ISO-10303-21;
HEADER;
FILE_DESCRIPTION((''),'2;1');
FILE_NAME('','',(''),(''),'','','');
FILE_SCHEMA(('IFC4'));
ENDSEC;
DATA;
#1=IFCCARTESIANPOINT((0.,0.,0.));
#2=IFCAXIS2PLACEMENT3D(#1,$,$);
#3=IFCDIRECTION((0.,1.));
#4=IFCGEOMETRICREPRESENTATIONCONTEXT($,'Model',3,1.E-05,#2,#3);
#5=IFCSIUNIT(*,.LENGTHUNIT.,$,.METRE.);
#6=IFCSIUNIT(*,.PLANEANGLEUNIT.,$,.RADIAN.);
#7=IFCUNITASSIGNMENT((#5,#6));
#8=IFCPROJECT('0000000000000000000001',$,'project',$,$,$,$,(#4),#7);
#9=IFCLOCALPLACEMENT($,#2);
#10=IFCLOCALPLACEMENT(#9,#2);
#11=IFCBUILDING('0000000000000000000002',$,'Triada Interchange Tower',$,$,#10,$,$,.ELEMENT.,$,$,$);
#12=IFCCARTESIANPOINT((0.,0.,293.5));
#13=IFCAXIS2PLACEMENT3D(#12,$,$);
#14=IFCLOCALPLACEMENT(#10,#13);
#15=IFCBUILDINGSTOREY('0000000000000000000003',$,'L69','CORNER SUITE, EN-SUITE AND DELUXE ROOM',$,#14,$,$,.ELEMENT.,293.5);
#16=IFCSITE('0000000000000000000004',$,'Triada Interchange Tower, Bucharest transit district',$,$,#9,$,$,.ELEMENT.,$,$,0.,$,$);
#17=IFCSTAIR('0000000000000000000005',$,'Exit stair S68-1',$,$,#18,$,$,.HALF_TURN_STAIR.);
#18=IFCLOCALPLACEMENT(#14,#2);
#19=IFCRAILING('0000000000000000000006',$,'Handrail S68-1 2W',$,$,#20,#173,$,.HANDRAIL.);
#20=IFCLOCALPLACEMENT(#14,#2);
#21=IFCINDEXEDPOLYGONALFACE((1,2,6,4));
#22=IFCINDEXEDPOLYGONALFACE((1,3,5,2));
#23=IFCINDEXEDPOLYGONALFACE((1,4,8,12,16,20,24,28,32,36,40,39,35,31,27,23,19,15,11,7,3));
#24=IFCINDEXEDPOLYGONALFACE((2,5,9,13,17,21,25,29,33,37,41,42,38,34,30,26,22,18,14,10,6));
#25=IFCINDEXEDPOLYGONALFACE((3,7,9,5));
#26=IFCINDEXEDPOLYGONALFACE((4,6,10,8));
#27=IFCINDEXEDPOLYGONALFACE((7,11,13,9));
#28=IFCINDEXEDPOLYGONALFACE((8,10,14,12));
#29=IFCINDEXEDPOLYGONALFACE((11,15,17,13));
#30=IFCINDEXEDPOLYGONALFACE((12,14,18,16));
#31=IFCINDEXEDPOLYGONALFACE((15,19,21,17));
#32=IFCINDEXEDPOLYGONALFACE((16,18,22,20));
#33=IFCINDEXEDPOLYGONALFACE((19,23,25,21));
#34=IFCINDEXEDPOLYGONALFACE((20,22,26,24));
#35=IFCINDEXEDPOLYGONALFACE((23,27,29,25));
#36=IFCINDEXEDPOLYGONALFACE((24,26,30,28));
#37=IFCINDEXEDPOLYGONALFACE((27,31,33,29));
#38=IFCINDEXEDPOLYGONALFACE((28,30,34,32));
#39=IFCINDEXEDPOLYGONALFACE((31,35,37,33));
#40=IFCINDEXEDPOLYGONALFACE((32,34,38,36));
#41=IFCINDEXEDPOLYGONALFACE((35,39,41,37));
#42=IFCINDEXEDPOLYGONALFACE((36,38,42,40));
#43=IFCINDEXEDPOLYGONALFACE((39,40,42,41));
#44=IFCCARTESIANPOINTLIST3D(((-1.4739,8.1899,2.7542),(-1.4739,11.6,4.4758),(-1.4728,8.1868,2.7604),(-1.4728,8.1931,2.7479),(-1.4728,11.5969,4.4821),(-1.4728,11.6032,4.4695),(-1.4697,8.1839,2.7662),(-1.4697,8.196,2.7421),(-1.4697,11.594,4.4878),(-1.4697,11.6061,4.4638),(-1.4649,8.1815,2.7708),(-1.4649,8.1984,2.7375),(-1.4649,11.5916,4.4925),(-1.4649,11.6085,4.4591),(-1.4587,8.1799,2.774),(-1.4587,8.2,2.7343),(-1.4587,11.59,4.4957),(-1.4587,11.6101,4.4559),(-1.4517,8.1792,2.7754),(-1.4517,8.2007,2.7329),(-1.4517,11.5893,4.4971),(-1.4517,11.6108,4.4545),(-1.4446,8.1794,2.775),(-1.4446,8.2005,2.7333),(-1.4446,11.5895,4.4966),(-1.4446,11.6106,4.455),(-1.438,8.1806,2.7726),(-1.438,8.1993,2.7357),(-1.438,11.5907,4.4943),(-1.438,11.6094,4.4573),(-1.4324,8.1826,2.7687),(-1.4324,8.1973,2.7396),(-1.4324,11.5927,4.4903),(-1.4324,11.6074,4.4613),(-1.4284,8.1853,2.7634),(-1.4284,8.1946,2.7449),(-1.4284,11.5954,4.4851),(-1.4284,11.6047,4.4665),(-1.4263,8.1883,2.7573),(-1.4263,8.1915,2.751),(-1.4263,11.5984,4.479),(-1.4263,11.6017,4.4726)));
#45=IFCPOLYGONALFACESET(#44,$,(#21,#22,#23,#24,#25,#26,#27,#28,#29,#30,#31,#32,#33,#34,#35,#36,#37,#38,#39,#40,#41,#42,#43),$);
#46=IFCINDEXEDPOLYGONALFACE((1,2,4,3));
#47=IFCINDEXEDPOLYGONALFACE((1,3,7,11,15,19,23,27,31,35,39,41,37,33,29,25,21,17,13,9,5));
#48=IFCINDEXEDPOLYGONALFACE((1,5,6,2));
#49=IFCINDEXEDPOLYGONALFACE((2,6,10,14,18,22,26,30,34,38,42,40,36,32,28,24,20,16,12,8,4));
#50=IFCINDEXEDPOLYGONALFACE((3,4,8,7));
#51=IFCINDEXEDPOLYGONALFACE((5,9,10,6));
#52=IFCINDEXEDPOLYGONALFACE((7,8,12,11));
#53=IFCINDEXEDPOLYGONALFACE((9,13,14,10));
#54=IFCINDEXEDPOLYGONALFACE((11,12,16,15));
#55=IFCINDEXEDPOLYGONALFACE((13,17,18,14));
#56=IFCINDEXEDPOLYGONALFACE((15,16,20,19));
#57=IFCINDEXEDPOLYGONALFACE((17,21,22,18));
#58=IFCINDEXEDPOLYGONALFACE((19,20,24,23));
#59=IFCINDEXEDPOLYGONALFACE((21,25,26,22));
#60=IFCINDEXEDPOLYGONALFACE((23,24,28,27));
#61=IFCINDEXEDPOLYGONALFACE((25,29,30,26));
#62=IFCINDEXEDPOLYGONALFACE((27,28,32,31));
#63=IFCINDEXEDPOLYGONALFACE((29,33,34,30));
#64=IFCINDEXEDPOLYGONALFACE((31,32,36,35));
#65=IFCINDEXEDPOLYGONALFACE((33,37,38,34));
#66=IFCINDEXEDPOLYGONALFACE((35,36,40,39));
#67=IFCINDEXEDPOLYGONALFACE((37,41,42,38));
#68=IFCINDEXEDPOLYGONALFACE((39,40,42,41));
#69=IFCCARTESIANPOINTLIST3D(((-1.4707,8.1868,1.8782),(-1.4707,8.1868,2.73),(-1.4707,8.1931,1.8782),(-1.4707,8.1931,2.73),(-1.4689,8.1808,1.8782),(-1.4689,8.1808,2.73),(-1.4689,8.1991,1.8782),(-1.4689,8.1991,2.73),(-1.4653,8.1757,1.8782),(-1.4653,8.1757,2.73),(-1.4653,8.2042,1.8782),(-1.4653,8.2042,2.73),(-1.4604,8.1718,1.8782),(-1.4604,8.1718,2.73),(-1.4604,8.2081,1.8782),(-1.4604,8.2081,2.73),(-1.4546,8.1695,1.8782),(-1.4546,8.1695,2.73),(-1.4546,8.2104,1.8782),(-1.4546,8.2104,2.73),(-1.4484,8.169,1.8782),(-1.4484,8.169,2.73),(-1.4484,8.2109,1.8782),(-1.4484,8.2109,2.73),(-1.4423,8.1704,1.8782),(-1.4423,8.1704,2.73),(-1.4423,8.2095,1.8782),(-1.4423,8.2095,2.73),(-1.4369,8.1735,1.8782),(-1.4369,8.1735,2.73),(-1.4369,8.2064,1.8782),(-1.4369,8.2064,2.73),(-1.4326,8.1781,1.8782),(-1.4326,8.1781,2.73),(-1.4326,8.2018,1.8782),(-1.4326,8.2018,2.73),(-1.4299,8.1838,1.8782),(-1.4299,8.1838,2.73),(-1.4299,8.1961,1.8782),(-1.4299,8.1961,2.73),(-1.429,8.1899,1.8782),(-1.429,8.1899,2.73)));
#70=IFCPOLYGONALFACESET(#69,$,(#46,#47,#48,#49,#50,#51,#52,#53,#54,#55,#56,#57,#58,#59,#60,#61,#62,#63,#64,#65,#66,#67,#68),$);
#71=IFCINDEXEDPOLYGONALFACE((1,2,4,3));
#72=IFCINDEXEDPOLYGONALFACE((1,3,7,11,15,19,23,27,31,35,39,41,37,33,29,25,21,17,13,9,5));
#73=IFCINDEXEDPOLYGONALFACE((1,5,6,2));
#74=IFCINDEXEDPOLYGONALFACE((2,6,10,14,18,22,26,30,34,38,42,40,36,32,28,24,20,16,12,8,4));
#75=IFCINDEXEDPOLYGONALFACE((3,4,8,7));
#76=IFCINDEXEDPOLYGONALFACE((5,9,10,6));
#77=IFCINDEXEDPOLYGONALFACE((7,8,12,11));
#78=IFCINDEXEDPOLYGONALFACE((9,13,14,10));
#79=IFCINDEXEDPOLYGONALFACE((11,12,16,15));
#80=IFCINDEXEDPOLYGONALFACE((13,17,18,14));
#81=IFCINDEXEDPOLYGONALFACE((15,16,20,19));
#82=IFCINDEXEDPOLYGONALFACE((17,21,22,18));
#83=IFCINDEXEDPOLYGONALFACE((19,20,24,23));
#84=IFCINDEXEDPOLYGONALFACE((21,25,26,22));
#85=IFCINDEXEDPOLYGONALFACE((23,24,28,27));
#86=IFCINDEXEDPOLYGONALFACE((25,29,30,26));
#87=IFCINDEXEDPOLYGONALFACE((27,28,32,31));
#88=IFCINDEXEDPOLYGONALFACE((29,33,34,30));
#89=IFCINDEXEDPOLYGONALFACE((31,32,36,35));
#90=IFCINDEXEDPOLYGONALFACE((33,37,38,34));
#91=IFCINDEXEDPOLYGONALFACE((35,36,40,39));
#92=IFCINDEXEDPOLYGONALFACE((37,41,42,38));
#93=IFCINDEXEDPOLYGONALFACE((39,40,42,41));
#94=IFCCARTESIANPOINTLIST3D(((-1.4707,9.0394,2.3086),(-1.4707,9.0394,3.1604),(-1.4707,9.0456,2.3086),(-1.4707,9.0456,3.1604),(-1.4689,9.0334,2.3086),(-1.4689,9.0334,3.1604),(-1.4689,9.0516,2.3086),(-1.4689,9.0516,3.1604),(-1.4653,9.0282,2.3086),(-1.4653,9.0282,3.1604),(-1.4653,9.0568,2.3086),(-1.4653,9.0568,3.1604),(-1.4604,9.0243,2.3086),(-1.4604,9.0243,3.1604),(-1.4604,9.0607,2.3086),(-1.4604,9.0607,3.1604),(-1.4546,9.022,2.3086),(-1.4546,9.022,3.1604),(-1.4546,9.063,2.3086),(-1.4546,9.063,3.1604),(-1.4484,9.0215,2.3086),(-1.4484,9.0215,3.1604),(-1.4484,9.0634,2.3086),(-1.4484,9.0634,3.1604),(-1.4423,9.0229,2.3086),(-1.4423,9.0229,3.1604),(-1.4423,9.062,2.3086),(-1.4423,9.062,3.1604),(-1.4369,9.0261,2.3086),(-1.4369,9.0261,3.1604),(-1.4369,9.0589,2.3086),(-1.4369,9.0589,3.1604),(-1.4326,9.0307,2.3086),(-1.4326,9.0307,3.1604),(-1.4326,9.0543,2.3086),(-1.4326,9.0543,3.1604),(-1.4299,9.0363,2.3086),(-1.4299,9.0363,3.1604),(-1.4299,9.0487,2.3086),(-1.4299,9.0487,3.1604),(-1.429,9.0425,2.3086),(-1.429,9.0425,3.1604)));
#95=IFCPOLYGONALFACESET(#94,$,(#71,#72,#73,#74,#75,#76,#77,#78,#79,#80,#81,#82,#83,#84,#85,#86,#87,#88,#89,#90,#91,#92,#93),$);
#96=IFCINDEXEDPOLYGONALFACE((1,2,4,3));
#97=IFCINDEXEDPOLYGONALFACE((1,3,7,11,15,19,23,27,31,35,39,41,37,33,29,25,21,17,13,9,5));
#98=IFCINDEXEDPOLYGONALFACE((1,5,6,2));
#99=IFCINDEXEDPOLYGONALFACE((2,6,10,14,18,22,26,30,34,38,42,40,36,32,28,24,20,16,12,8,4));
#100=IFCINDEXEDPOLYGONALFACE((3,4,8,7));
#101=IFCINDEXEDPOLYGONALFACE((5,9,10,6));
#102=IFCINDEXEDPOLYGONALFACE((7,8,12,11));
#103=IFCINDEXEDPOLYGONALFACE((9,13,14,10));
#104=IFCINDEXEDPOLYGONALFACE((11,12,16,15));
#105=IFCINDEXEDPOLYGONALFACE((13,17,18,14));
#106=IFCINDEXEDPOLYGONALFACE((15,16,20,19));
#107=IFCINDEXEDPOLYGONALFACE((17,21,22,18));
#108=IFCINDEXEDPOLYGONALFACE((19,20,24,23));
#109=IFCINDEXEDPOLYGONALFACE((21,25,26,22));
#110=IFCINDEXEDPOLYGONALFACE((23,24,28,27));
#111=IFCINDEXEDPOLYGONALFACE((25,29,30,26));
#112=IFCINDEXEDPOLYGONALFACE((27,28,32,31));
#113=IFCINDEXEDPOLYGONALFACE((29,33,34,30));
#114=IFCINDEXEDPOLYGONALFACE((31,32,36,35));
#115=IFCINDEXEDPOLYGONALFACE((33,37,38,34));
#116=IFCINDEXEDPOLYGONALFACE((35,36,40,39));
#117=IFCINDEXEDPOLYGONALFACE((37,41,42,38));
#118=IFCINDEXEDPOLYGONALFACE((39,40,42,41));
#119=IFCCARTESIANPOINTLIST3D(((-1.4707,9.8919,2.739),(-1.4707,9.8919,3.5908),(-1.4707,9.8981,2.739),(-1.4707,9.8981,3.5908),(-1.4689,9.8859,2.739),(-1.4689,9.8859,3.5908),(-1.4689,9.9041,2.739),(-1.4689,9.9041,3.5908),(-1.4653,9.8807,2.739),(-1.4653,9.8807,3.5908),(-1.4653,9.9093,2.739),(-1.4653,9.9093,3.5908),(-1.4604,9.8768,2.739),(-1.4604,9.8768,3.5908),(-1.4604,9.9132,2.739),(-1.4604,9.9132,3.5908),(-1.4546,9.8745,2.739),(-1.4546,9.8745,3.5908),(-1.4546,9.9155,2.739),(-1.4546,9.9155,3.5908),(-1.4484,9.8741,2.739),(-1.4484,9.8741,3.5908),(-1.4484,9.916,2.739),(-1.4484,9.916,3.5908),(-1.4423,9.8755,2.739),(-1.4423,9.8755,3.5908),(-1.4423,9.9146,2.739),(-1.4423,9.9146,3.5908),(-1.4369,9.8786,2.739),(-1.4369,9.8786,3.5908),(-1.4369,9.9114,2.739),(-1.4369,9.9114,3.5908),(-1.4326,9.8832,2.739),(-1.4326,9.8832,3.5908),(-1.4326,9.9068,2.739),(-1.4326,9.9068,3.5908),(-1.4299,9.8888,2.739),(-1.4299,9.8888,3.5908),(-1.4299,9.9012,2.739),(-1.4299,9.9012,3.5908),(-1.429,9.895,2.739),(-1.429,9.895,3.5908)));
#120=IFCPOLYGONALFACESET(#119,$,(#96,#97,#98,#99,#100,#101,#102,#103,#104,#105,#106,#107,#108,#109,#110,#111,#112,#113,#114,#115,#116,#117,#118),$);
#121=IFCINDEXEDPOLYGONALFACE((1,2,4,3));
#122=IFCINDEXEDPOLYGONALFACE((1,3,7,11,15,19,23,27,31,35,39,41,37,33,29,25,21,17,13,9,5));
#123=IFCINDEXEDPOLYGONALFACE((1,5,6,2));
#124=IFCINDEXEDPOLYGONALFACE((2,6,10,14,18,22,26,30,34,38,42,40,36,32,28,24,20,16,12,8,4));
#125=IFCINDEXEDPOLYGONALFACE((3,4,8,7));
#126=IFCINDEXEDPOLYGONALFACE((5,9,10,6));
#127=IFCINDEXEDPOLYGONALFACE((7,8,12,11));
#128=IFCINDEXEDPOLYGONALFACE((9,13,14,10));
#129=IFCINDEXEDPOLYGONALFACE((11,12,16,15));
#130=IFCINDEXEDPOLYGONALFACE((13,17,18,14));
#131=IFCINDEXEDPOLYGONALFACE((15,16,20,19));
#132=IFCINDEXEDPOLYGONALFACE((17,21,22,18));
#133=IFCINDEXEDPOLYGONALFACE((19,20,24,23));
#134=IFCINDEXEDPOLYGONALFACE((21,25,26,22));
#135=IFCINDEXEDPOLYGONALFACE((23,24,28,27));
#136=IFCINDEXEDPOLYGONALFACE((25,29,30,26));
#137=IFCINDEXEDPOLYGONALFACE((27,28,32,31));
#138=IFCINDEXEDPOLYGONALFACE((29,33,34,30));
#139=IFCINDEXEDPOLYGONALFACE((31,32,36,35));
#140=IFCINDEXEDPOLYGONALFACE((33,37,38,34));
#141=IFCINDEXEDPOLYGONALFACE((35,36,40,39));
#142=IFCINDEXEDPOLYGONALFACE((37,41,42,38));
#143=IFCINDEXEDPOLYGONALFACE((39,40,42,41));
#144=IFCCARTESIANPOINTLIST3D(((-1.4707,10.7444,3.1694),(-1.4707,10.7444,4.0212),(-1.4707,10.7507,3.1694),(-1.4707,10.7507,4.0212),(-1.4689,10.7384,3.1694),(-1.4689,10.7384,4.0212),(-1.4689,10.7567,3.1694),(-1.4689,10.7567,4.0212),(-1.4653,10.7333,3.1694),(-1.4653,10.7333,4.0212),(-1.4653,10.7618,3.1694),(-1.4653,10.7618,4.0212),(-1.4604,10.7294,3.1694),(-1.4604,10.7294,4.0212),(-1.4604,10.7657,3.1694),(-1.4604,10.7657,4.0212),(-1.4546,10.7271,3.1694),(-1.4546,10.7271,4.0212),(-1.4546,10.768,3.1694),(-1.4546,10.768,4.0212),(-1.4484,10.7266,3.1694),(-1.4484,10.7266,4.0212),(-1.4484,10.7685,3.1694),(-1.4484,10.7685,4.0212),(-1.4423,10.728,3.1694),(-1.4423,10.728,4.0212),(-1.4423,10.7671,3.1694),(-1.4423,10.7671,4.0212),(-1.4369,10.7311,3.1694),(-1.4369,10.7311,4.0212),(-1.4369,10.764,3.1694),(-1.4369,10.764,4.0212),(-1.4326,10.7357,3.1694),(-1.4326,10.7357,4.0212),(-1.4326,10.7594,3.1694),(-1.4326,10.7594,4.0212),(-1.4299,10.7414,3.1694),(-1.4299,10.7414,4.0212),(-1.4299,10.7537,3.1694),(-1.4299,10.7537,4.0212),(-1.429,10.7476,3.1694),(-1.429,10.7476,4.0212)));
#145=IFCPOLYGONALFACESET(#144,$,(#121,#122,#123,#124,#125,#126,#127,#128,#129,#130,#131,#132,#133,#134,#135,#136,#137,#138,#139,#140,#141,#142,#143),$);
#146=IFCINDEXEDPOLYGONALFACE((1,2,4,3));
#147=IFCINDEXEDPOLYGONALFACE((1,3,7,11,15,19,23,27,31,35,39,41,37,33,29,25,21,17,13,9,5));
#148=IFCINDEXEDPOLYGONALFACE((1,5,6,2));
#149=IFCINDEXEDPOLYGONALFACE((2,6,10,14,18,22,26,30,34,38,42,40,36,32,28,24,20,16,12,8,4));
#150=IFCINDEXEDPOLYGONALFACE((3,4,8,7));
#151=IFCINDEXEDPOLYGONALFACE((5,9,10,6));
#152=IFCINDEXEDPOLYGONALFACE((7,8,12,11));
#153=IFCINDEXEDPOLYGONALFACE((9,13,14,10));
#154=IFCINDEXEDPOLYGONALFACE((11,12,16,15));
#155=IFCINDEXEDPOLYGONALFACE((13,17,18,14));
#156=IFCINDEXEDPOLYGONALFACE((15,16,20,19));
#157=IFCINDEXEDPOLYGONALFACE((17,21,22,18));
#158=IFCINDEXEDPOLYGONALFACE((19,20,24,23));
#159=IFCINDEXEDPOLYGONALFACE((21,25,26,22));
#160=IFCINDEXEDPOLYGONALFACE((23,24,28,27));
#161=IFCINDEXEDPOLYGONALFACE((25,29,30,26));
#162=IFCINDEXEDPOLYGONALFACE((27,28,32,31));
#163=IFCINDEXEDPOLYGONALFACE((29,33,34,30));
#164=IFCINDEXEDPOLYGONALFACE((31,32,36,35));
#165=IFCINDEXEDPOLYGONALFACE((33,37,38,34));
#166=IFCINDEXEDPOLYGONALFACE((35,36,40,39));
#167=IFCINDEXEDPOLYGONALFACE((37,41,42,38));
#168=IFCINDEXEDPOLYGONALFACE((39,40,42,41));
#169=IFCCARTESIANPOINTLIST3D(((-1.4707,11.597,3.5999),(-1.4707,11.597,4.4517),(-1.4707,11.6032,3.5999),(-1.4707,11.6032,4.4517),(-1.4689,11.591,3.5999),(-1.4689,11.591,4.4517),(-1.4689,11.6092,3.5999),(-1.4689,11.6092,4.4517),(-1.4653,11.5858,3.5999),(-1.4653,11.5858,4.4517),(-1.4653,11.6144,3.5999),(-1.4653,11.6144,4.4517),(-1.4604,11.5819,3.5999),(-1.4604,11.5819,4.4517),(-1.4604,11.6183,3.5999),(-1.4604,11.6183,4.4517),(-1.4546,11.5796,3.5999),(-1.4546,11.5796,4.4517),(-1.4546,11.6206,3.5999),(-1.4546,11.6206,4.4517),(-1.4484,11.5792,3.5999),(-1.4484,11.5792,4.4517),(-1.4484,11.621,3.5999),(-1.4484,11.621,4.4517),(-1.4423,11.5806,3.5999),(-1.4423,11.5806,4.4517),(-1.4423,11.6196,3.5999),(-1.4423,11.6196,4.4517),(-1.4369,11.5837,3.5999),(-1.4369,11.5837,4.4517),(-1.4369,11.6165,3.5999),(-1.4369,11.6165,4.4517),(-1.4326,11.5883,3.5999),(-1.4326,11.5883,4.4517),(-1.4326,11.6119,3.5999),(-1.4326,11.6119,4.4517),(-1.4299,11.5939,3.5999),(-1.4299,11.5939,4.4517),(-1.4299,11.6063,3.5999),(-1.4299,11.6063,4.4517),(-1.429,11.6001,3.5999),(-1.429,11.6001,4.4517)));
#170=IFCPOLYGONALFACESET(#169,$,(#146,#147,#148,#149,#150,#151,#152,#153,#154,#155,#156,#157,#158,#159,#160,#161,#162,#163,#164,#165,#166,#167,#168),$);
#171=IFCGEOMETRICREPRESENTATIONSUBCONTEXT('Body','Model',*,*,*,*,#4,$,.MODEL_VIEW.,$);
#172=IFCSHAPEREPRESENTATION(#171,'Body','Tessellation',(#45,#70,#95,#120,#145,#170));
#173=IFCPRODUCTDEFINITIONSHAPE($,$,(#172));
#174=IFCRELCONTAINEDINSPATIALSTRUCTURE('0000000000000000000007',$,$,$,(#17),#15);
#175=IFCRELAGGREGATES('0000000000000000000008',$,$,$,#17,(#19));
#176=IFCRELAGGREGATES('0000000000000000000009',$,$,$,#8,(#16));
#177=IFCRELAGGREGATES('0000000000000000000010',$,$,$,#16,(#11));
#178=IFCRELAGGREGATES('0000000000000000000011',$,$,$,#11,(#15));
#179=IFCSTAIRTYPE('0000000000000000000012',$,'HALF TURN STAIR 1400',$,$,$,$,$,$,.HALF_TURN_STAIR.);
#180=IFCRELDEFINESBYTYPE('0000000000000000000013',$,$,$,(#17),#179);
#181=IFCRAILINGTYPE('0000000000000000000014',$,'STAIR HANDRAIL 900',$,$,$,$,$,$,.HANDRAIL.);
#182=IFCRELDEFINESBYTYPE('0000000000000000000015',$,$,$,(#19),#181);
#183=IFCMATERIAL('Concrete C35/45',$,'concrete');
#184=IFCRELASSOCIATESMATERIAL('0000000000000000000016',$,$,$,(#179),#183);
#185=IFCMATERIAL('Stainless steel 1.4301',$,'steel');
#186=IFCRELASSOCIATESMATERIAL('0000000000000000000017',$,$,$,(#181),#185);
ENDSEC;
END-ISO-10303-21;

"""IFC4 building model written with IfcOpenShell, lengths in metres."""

from ifc_helpers import new_model, si_unit, direction, frame, origin, origin_2d, place, context, subcontext, project, spatial, circle, extrude, material, type_object, element, aggregate, save


model = new_model("IFC4")

# Units and contexts
model_context = context("Model", 3, precision=1e-05, world=origin(), true_north=direction((0.0, 1.0)))
body_context = subcontext(model_context, "Body", "Model", "MODEL_VIEW")
ifc_project = project(units=[si_unit("LENGTHUNIT", "METRE"), si_unit("PLANEANGLEUNIT", "RADIAN")], contexts=[model_context])

# Site, building, storey
site_placement = place(None, origin())
site = spatial("IfcSite", under=ifc_project, at=site_placement, Name="Triada Interchange Tower, Bucharest transit district", CompositionType="ELEMENT", RefElevation=0.0)
building_placement = place(site_placement, origin())
building = spatial("IfcBuilding", under=site, at=building_placement, Name="Triada Interchange Tower", CompositionType="ELEMENT")
storey_placement = place(building_placement, frame((0.0, 0.0, 293.5)))
storey = spatial("IfcBuildingStorey", under=building, at=storey_placement, Name="L69", Description="CORNER SUITE, EN-SUITE AND DELUXE ROOM", CompositionType="ELEMENT", Elevation=293.5)

# Stair
ifc_material_1 = material(Name="Concrete C35/45", Category="concrete")
stair_type = type_object("IfcStairType", Name="HALF TURN STAIR 1400", PredefinedType="HALF_TURN_STAIR", material=ifc_material_1)
stair_placement = place(storey_placement, origin())
stair = element("IfcStair", 1, at=stair_placement, inside=storey, type_object=stair_type, Name="Exit stair S68-1", PredefinedType="HALF_TURN_STAIR")

# Railing
ifc_material_2 = material(Name="Stainless steel 1.4301", Category="steel")
railing_type = type_object("IfcRailingType", Name="STAIR HANDRAIL 900", PredefinedType="HANDRAIL", material=ifc_material_2)
railing_1_placement = place(storey_placement, frame((-1.45, 8.1899, 1.8782)))
railing_1 = element("IfcRailing", 2, at=railing_1_placement, type_object=railing_type, Name="Handrail S68-1 2W", PredefinedType="HANDRAIL", context=body_context, shape_type="SweptSolid", body=[
    extrude(circle(Radius=0.0239, at=origin_2d()), frame((0.0, 0.0, 0.876), z_axis=(0.0, 0.892682, 0.450687), x_axis=(-1.0, 0.0, 0.0)), (0.0, 0.0, 1.0), 3.8201),
    extrude(circle(Radius=0.021, at=origin_2d()), origin(), (0.0, 0.0, 1.0), 0.8518),
    extrude(circle(Radius=0.021, at=origin_2d()), frame((0.0, 0.8525, 0.4304)), (0.0, 0.0, 1.0), 0.8518),
    extrude(circle(Radius=0.021, at=origin_2d()), frame((0.0, 1.7051, 0.8608)), (0.0, 0.0, 1.0), 0.8518),
    extrude(circle(Radius=0.021, at=origin_2d()), frame((0.0, 2.5576, 1.2913)), (0.0, 0.0, 1.0), 0.8518),
    extrude(circle(Radius=0.021, at=origin_2d()), frame((0.0, 3.4102, 1.7217)), (0.0, 0.0, 1.0), 0.8518),
])
aggregate(stair, [railing_1])

save(model, "model.ifc")
